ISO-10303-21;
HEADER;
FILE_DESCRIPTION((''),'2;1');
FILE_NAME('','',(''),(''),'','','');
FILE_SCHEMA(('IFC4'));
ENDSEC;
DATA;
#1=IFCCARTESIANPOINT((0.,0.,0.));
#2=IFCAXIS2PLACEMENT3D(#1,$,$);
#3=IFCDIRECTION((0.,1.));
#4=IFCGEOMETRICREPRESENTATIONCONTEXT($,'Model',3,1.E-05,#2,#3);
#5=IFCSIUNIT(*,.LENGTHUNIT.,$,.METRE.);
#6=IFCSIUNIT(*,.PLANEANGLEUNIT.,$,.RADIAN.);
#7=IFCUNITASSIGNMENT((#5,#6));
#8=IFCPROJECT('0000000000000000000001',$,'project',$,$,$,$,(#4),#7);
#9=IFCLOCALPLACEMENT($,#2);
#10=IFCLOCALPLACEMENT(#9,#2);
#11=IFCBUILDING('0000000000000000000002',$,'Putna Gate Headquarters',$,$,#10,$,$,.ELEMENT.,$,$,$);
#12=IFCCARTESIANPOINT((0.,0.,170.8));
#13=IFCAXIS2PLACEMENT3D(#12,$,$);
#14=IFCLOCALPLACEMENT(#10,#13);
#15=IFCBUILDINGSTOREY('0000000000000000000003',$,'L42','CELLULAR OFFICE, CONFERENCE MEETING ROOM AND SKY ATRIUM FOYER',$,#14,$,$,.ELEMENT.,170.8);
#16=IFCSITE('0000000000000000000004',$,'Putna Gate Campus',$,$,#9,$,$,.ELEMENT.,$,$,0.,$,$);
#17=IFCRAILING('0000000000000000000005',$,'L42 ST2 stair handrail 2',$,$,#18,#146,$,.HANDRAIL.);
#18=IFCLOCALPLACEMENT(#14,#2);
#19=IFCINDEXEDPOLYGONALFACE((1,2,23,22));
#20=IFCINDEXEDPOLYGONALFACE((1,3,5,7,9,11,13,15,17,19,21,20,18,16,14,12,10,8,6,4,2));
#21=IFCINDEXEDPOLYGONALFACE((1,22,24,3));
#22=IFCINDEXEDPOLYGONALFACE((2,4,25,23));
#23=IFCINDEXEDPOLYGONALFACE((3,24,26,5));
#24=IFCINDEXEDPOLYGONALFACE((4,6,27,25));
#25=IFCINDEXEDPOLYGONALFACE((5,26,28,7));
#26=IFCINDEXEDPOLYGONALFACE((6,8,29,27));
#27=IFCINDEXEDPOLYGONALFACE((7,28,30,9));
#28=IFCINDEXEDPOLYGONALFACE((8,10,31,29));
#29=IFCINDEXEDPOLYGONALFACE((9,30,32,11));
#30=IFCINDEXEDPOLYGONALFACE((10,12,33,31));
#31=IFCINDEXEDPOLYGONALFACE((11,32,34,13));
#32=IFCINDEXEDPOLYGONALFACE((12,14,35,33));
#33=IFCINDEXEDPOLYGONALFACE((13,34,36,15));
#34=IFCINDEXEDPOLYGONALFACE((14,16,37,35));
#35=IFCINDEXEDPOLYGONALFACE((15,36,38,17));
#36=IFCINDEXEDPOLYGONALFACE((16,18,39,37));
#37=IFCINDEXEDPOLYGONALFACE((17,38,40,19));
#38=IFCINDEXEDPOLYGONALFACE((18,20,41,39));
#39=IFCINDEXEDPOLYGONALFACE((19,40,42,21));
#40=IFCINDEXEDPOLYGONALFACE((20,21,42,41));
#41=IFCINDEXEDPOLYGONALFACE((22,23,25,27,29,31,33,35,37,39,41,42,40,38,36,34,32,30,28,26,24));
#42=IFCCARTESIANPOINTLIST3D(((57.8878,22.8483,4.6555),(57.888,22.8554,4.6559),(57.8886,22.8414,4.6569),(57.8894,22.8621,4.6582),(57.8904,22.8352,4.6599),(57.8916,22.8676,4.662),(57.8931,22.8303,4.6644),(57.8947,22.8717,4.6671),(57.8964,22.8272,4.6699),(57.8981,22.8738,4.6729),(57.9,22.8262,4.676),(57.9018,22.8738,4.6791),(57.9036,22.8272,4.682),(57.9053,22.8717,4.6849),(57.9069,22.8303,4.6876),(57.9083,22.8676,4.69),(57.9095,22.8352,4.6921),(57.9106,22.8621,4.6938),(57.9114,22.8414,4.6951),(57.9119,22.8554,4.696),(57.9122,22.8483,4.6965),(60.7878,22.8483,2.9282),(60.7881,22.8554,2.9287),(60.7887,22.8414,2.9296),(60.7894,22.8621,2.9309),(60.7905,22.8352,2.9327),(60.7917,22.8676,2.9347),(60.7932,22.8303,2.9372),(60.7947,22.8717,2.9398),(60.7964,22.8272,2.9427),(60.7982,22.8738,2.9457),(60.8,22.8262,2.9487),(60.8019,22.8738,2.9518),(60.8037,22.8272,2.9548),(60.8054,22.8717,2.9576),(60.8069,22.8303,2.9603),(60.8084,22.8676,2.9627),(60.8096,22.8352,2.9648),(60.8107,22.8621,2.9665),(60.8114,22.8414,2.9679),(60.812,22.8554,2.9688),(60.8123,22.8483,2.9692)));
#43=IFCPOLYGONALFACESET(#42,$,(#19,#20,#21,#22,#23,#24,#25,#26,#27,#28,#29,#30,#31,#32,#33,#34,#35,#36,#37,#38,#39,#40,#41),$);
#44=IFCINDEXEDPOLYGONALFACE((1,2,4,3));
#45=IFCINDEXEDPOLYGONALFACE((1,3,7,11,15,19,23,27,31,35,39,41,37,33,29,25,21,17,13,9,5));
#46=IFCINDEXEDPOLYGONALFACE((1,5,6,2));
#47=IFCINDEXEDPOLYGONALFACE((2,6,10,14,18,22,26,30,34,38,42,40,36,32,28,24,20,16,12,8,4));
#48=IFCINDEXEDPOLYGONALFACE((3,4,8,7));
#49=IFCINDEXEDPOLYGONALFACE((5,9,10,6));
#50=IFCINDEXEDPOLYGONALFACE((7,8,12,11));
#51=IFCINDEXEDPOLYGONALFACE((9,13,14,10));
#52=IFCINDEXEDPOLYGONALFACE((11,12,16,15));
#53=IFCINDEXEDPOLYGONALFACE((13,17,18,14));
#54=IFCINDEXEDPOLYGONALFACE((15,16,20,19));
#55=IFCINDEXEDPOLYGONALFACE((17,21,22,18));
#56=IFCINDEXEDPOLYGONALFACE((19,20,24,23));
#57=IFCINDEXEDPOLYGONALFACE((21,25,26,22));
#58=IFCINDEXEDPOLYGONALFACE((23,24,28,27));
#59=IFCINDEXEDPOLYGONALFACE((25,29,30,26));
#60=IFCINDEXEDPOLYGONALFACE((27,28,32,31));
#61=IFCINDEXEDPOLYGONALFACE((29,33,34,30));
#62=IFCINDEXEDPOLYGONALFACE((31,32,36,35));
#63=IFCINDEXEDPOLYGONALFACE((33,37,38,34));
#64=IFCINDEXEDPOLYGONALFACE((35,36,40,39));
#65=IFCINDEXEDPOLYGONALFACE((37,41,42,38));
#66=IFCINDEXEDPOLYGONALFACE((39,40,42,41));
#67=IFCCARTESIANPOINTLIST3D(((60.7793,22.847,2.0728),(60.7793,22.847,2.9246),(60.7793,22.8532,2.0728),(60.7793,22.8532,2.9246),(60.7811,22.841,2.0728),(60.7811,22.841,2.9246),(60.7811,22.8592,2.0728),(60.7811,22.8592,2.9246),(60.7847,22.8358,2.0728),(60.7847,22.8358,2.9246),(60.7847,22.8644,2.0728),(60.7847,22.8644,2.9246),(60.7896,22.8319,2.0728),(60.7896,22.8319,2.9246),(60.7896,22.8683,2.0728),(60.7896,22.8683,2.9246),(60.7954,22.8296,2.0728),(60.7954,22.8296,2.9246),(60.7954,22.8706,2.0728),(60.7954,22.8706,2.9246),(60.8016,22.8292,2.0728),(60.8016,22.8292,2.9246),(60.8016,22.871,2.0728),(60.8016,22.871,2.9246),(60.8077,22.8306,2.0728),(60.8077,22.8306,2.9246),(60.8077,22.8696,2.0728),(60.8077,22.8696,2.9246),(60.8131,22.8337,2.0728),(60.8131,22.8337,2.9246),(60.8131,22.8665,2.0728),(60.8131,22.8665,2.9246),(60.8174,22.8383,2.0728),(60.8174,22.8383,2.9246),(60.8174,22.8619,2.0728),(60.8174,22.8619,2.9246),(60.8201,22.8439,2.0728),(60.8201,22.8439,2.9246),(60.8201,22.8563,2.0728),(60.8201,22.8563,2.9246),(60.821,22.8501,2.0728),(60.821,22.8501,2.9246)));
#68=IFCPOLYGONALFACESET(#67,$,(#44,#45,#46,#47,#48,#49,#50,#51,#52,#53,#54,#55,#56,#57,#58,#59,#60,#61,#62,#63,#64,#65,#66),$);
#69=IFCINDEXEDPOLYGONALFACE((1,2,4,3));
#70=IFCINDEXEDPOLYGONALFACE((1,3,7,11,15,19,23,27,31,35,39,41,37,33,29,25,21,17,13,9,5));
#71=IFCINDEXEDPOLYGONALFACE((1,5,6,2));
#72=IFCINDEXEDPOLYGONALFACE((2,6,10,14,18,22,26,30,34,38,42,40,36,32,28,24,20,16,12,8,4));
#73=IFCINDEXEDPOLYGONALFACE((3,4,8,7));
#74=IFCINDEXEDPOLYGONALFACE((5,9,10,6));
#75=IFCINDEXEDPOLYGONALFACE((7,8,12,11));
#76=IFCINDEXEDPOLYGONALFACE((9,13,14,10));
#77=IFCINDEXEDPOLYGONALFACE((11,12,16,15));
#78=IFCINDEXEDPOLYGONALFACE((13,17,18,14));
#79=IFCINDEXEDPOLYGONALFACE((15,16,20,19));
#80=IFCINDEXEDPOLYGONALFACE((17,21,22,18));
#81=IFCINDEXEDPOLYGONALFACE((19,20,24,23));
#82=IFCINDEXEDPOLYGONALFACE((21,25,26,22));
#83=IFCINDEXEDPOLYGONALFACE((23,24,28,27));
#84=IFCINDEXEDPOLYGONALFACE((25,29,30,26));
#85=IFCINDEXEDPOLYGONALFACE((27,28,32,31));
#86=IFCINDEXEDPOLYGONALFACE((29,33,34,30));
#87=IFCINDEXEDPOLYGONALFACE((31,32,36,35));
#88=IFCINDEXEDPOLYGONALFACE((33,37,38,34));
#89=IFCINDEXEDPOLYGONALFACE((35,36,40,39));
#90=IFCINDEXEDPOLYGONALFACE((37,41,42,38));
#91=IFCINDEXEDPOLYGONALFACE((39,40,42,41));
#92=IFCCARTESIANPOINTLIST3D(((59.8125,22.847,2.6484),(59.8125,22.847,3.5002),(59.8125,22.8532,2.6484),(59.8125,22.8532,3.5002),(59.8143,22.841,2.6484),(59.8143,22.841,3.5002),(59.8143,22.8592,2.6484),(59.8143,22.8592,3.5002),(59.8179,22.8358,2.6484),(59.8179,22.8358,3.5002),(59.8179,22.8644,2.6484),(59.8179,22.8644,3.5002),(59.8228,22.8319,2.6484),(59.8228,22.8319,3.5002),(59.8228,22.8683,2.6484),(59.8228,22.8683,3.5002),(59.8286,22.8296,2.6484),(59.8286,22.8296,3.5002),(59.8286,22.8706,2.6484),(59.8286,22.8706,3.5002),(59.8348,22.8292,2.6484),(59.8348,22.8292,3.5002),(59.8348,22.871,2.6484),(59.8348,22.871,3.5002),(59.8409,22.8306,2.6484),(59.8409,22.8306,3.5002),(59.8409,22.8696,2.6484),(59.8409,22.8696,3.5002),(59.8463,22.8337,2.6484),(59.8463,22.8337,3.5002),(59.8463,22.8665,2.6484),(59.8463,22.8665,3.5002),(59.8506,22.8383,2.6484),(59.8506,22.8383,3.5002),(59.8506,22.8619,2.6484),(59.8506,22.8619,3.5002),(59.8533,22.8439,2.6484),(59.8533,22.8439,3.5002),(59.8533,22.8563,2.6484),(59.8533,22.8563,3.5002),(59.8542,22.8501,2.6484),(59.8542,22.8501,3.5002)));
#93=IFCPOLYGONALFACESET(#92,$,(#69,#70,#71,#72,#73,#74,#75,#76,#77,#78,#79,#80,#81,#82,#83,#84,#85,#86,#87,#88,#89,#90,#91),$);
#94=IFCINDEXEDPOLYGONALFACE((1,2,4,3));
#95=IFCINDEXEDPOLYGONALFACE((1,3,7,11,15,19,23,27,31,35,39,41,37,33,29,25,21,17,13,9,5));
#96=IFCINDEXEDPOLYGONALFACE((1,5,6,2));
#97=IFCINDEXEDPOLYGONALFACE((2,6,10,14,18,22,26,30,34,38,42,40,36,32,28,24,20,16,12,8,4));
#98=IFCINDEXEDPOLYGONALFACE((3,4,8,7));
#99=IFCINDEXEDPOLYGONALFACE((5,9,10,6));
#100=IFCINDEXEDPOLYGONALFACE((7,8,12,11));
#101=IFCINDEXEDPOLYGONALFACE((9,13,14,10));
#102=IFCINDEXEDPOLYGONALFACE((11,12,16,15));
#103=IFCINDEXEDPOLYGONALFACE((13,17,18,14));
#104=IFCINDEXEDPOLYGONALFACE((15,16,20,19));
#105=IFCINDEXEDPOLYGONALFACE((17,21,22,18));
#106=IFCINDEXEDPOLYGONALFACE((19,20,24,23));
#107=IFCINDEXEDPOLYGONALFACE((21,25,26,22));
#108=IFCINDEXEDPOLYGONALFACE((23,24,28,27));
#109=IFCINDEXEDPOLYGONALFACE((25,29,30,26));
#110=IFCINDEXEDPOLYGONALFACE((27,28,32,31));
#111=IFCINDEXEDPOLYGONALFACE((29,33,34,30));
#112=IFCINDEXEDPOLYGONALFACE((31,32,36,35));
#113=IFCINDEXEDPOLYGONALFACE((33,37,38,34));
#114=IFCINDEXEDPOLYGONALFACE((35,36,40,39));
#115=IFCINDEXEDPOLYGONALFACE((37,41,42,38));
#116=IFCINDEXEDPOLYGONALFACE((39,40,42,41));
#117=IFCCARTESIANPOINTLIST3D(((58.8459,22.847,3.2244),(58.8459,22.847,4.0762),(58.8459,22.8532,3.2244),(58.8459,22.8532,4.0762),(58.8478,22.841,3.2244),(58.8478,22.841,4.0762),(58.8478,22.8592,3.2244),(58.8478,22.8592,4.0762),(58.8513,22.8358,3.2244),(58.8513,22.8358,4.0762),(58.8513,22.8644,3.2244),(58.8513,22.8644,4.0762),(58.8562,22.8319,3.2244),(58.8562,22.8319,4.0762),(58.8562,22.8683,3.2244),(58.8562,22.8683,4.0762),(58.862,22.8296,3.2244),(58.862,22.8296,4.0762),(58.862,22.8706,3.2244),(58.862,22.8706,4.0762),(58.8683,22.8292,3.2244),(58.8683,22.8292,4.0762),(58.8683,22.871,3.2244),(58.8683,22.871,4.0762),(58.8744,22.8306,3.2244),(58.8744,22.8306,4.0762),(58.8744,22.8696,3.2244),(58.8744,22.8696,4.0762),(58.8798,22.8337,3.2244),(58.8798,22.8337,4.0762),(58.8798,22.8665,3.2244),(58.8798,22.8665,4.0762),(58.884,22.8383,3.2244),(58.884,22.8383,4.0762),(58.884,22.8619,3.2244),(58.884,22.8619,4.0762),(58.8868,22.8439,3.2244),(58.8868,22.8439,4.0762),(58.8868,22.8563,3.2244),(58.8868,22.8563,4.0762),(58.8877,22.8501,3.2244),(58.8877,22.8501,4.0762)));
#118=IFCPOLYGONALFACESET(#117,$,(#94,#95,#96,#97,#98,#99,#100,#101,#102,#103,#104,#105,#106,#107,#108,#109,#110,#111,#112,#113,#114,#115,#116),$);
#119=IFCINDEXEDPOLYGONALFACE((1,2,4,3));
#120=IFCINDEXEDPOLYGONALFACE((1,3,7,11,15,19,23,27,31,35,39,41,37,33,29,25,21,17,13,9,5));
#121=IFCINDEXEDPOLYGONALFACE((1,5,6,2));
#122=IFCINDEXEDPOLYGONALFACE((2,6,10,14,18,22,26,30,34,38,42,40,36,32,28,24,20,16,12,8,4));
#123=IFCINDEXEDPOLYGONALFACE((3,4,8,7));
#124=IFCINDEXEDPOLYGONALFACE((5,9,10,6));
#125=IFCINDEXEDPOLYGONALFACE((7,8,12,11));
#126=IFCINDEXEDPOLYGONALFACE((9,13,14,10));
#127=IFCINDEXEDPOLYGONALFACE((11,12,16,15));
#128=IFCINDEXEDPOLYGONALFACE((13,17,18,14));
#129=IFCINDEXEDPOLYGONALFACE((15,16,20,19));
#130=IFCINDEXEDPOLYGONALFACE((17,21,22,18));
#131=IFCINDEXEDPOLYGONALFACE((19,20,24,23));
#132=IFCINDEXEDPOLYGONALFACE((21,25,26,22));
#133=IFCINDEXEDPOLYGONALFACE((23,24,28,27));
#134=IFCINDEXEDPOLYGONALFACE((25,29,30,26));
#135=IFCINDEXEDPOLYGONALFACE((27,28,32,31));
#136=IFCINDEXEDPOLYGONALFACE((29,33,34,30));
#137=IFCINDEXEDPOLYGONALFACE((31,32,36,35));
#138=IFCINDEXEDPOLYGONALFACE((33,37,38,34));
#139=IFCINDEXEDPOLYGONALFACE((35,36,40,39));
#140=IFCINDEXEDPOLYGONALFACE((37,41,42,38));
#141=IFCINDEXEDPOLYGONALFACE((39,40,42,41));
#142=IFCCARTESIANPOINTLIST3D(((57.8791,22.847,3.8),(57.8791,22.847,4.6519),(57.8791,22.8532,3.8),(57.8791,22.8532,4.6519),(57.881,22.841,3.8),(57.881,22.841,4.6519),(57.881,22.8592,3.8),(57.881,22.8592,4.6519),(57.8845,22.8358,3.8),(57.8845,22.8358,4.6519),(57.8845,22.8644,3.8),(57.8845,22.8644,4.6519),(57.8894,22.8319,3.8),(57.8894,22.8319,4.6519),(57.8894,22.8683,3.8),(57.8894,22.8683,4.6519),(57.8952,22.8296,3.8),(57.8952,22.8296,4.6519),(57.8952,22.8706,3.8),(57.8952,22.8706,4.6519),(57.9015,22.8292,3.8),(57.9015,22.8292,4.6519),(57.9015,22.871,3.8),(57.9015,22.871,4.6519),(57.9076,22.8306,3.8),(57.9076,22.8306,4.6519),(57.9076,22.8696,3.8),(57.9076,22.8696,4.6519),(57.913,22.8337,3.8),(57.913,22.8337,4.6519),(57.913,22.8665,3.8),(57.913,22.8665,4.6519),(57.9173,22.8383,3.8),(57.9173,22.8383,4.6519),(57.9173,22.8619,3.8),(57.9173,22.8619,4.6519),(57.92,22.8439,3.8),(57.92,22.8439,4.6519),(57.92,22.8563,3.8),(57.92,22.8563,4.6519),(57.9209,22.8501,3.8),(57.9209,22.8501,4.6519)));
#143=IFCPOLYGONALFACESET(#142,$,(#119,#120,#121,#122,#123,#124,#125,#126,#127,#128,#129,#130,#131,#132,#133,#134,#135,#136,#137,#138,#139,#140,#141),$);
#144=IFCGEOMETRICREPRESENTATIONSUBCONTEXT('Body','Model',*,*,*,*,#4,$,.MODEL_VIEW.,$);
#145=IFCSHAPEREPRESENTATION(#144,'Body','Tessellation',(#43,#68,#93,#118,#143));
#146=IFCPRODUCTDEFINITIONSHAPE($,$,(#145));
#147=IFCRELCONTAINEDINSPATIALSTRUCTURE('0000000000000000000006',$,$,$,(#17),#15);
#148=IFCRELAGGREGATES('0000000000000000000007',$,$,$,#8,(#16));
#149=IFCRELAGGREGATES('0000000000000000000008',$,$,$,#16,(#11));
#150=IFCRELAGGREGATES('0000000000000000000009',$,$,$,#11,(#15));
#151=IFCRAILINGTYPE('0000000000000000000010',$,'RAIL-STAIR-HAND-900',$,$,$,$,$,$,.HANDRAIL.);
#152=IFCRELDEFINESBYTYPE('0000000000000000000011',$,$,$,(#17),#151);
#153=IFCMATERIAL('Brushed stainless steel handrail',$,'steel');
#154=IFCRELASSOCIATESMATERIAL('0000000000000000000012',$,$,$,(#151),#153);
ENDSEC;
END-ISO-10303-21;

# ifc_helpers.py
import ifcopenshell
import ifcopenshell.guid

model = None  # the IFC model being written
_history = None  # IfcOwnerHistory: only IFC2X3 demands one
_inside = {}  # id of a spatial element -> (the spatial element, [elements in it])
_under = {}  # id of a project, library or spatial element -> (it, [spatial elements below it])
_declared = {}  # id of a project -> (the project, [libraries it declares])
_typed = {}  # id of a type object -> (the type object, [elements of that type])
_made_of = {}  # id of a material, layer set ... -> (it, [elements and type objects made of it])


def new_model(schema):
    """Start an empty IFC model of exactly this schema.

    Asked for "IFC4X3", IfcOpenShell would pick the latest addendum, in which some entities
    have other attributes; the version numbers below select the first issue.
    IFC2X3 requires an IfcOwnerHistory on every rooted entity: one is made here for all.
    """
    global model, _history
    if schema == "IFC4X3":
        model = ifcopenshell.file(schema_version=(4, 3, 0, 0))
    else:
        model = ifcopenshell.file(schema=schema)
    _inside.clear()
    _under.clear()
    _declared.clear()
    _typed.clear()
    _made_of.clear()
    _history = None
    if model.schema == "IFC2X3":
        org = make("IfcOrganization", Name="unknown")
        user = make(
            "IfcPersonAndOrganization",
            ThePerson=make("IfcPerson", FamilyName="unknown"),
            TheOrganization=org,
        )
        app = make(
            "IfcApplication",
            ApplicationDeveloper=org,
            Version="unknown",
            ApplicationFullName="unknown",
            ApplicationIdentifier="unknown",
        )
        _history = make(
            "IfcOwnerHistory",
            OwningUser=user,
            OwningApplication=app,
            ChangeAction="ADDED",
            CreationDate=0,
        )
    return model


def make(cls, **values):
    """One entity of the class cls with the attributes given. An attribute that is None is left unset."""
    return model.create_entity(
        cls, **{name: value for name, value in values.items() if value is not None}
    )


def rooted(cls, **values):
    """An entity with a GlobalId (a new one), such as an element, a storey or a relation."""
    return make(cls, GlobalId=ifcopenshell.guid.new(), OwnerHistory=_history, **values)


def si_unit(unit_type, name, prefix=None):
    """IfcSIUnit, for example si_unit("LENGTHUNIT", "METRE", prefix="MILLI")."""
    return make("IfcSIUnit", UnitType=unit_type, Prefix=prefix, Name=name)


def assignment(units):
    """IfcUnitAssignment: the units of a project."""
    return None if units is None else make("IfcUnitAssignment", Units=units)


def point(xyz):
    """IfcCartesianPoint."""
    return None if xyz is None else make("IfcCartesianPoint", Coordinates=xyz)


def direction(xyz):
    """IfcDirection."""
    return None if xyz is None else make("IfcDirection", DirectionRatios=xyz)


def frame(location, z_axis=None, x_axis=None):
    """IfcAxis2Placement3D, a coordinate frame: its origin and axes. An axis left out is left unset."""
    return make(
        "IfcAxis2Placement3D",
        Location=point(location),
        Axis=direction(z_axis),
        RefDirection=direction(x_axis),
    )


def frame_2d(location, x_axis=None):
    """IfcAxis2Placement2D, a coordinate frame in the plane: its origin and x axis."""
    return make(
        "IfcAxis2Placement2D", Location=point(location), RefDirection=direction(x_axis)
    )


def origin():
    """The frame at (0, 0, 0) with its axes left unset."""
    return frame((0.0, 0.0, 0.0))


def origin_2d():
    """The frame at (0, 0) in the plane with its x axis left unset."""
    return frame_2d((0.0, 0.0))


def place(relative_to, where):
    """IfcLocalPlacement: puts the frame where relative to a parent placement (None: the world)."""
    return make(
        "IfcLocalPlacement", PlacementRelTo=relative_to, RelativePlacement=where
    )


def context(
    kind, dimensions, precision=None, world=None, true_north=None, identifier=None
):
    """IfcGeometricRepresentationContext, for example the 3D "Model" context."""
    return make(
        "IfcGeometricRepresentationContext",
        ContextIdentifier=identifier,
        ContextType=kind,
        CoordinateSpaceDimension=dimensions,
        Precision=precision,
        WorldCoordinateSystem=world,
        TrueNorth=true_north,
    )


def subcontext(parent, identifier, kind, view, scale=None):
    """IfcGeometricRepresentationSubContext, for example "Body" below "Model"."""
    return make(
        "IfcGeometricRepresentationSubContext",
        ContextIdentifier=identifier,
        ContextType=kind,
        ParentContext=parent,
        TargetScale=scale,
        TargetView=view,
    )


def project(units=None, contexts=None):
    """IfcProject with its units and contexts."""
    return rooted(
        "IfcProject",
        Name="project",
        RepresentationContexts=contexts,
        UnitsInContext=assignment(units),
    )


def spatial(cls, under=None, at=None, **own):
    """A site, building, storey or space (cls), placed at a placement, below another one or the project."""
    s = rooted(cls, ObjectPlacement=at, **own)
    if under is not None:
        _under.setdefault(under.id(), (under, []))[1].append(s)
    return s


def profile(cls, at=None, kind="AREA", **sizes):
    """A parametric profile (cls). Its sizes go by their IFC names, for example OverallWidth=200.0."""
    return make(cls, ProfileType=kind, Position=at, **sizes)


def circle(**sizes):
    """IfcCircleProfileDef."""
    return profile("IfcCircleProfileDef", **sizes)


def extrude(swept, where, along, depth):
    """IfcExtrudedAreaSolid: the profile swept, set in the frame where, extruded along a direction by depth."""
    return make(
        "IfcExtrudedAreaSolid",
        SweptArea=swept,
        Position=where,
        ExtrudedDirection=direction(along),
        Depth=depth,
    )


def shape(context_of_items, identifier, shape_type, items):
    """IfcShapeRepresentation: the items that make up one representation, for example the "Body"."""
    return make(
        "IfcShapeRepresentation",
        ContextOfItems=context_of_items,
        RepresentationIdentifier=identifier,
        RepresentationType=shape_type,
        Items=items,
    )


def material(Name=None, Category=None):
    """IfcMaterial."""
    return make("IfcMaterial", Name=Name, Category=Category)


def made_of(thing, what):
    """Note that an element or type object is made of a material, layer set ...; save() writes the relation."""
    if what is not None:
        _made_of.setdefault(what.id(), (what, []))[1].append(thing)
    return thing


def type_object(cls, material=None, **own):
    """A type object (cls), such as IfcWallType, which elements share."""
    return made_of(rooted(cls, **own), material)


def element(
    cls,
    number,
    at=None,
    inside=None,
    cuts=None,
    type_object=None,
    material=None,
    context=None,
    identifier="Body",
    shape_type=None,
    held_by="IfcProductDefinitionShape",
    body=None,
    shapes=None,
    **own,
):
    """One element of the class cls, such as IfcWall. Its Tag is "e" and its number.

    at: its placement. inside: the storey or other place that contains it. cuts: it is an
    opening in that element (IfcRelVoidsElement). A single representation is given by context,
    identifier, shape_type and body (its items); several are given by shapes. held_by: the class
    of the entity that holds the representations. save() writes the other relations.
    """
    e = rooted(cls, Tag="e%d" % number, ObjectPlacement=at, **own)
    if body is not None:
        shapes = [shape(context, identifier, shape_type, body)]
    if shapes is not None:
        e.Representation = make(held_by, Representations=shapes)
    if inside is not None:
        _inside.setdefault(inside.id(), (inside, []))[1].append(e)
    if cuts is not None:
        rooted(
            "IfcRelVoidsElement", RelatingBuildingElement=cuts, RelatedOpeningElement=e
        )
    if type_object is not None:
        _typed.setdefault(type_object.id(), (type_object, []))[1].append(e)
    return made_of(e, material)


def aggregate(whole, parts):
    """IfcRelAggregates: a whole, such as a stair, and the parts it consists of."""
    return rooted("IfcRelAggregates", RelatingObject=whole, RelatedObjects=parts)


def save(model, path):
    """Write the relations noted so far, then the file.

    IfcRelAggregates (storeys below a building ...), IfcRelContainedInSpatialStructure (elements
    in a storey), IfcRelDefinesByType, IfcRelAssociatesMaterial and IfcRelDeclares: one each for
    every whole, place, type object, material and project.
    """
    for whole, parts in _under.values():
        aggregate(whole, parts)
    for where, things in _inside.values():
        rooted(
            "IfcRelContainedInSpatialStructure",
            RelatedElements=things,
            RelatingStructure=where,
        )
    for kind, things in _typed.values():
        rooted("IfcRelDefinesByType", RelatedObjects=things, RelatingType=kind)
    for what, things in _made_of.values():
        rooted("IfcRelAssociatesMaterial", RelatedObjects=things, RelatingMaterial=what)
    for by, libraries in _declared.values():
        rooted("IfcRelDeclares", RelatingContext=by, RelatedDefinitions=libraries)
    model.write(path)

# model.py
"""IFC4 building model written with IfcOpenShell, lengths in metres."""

from ifc_helpers import new_model, si_unit, direction, frame, origin, origin_2d, place, context, subcontext, project, spatial, circle, extrude, material, type_object, element, save


model = new_model("IFC4")

# Units and contexts
model_context = context("Model", 3, precision=1e-05, world=origin(), true_north=direction((0.0, 1.0)))
body_context = subcontext(model_context, "Body", "Model", "MODEL_VIEW")
ifc_project = project(units=[si_unit("LENGTHUNIT", "METRE"), si_unit("PLANEANGLEUNIT", "RADIAN")], contexts=[model_context])

# Site, building, storey
site_placement = place(None, origin())
site = spatial("IfcSite", under=ifc_project, at=site_placement, Name="Putna Gate Campus", CompositionType="ELEMENT", RefElevation=0.0)
building_placement = place(site_placement, origin())
building = spatial("IfcBuilding", under=site, at=building_placement, Name="Putna Gate Headquarters", CompositionType="ELEMENT")
storey_placement = place(building_placement, frame((0.0, 0.0, 170.8)))
storey = spatial("IfcBuildingStorey", under=building, at=storey_placement, Name="L42", Description="CELLULAR OFFICE, CONFERENCE MEETING ROOM AND SKY ATRIUM FOYER", CompositionType="ELEMENT", Elevation=170.8)

# Railing
ifc_material_1 = material(Name="Brushed stainless steel handrail", Category="steel")
railing_type_1 = type_object("IfcRailingType", Name="RAIL-STAIR-HAND-900", PredefinedType="HANDRAIL", material=ifc_material_1)
railing_1_placement = place(storey_placement, frame((60.8, 22.8501, 2.0728)))
element("IfcRailing", 1, at=railing_1_placement, inside=storey, type_object=railing_type_1, Name="L42 ST2 stair handrail 2", PredefinedType="HANDRAIL", context=body_context, shape_type="SweptSolid", body=[
    extrude(circle(Radius=0.0239, at=origin_2d()), frame((0.0, 0.0, 0.876), z_axis=(-0.85916, 0.0, 0.511706), x_axis=(0.0, -1.0, 0.0)), (0.0, 0.0, 1.0), 3.3755),
    extrude(circle(Radius=0.021, at=origin_2d()), origin(), (0.0, 0.0, 1.0), 0.8518),
    extrude(circle(Radius=0.021, at=origin_2d()), frame((-0.9668, 0.0, 0.5757)), (0.0, 0.0, 1.0), 0.8518),
    extrude(circle(Radius=0.021, at=origin_2d()), frame((-1.9333, 0.0, 1.1516)), (0.0, 0.0, 1.0), 0.8518),
    extrude(circle(Radius=0.021, at=origin_2d()), frame((-2.9001, 0.0, 1.7273)), (0.0, 0.0, 1.0), 0.8518),
])

save(model, "model.ifc")
